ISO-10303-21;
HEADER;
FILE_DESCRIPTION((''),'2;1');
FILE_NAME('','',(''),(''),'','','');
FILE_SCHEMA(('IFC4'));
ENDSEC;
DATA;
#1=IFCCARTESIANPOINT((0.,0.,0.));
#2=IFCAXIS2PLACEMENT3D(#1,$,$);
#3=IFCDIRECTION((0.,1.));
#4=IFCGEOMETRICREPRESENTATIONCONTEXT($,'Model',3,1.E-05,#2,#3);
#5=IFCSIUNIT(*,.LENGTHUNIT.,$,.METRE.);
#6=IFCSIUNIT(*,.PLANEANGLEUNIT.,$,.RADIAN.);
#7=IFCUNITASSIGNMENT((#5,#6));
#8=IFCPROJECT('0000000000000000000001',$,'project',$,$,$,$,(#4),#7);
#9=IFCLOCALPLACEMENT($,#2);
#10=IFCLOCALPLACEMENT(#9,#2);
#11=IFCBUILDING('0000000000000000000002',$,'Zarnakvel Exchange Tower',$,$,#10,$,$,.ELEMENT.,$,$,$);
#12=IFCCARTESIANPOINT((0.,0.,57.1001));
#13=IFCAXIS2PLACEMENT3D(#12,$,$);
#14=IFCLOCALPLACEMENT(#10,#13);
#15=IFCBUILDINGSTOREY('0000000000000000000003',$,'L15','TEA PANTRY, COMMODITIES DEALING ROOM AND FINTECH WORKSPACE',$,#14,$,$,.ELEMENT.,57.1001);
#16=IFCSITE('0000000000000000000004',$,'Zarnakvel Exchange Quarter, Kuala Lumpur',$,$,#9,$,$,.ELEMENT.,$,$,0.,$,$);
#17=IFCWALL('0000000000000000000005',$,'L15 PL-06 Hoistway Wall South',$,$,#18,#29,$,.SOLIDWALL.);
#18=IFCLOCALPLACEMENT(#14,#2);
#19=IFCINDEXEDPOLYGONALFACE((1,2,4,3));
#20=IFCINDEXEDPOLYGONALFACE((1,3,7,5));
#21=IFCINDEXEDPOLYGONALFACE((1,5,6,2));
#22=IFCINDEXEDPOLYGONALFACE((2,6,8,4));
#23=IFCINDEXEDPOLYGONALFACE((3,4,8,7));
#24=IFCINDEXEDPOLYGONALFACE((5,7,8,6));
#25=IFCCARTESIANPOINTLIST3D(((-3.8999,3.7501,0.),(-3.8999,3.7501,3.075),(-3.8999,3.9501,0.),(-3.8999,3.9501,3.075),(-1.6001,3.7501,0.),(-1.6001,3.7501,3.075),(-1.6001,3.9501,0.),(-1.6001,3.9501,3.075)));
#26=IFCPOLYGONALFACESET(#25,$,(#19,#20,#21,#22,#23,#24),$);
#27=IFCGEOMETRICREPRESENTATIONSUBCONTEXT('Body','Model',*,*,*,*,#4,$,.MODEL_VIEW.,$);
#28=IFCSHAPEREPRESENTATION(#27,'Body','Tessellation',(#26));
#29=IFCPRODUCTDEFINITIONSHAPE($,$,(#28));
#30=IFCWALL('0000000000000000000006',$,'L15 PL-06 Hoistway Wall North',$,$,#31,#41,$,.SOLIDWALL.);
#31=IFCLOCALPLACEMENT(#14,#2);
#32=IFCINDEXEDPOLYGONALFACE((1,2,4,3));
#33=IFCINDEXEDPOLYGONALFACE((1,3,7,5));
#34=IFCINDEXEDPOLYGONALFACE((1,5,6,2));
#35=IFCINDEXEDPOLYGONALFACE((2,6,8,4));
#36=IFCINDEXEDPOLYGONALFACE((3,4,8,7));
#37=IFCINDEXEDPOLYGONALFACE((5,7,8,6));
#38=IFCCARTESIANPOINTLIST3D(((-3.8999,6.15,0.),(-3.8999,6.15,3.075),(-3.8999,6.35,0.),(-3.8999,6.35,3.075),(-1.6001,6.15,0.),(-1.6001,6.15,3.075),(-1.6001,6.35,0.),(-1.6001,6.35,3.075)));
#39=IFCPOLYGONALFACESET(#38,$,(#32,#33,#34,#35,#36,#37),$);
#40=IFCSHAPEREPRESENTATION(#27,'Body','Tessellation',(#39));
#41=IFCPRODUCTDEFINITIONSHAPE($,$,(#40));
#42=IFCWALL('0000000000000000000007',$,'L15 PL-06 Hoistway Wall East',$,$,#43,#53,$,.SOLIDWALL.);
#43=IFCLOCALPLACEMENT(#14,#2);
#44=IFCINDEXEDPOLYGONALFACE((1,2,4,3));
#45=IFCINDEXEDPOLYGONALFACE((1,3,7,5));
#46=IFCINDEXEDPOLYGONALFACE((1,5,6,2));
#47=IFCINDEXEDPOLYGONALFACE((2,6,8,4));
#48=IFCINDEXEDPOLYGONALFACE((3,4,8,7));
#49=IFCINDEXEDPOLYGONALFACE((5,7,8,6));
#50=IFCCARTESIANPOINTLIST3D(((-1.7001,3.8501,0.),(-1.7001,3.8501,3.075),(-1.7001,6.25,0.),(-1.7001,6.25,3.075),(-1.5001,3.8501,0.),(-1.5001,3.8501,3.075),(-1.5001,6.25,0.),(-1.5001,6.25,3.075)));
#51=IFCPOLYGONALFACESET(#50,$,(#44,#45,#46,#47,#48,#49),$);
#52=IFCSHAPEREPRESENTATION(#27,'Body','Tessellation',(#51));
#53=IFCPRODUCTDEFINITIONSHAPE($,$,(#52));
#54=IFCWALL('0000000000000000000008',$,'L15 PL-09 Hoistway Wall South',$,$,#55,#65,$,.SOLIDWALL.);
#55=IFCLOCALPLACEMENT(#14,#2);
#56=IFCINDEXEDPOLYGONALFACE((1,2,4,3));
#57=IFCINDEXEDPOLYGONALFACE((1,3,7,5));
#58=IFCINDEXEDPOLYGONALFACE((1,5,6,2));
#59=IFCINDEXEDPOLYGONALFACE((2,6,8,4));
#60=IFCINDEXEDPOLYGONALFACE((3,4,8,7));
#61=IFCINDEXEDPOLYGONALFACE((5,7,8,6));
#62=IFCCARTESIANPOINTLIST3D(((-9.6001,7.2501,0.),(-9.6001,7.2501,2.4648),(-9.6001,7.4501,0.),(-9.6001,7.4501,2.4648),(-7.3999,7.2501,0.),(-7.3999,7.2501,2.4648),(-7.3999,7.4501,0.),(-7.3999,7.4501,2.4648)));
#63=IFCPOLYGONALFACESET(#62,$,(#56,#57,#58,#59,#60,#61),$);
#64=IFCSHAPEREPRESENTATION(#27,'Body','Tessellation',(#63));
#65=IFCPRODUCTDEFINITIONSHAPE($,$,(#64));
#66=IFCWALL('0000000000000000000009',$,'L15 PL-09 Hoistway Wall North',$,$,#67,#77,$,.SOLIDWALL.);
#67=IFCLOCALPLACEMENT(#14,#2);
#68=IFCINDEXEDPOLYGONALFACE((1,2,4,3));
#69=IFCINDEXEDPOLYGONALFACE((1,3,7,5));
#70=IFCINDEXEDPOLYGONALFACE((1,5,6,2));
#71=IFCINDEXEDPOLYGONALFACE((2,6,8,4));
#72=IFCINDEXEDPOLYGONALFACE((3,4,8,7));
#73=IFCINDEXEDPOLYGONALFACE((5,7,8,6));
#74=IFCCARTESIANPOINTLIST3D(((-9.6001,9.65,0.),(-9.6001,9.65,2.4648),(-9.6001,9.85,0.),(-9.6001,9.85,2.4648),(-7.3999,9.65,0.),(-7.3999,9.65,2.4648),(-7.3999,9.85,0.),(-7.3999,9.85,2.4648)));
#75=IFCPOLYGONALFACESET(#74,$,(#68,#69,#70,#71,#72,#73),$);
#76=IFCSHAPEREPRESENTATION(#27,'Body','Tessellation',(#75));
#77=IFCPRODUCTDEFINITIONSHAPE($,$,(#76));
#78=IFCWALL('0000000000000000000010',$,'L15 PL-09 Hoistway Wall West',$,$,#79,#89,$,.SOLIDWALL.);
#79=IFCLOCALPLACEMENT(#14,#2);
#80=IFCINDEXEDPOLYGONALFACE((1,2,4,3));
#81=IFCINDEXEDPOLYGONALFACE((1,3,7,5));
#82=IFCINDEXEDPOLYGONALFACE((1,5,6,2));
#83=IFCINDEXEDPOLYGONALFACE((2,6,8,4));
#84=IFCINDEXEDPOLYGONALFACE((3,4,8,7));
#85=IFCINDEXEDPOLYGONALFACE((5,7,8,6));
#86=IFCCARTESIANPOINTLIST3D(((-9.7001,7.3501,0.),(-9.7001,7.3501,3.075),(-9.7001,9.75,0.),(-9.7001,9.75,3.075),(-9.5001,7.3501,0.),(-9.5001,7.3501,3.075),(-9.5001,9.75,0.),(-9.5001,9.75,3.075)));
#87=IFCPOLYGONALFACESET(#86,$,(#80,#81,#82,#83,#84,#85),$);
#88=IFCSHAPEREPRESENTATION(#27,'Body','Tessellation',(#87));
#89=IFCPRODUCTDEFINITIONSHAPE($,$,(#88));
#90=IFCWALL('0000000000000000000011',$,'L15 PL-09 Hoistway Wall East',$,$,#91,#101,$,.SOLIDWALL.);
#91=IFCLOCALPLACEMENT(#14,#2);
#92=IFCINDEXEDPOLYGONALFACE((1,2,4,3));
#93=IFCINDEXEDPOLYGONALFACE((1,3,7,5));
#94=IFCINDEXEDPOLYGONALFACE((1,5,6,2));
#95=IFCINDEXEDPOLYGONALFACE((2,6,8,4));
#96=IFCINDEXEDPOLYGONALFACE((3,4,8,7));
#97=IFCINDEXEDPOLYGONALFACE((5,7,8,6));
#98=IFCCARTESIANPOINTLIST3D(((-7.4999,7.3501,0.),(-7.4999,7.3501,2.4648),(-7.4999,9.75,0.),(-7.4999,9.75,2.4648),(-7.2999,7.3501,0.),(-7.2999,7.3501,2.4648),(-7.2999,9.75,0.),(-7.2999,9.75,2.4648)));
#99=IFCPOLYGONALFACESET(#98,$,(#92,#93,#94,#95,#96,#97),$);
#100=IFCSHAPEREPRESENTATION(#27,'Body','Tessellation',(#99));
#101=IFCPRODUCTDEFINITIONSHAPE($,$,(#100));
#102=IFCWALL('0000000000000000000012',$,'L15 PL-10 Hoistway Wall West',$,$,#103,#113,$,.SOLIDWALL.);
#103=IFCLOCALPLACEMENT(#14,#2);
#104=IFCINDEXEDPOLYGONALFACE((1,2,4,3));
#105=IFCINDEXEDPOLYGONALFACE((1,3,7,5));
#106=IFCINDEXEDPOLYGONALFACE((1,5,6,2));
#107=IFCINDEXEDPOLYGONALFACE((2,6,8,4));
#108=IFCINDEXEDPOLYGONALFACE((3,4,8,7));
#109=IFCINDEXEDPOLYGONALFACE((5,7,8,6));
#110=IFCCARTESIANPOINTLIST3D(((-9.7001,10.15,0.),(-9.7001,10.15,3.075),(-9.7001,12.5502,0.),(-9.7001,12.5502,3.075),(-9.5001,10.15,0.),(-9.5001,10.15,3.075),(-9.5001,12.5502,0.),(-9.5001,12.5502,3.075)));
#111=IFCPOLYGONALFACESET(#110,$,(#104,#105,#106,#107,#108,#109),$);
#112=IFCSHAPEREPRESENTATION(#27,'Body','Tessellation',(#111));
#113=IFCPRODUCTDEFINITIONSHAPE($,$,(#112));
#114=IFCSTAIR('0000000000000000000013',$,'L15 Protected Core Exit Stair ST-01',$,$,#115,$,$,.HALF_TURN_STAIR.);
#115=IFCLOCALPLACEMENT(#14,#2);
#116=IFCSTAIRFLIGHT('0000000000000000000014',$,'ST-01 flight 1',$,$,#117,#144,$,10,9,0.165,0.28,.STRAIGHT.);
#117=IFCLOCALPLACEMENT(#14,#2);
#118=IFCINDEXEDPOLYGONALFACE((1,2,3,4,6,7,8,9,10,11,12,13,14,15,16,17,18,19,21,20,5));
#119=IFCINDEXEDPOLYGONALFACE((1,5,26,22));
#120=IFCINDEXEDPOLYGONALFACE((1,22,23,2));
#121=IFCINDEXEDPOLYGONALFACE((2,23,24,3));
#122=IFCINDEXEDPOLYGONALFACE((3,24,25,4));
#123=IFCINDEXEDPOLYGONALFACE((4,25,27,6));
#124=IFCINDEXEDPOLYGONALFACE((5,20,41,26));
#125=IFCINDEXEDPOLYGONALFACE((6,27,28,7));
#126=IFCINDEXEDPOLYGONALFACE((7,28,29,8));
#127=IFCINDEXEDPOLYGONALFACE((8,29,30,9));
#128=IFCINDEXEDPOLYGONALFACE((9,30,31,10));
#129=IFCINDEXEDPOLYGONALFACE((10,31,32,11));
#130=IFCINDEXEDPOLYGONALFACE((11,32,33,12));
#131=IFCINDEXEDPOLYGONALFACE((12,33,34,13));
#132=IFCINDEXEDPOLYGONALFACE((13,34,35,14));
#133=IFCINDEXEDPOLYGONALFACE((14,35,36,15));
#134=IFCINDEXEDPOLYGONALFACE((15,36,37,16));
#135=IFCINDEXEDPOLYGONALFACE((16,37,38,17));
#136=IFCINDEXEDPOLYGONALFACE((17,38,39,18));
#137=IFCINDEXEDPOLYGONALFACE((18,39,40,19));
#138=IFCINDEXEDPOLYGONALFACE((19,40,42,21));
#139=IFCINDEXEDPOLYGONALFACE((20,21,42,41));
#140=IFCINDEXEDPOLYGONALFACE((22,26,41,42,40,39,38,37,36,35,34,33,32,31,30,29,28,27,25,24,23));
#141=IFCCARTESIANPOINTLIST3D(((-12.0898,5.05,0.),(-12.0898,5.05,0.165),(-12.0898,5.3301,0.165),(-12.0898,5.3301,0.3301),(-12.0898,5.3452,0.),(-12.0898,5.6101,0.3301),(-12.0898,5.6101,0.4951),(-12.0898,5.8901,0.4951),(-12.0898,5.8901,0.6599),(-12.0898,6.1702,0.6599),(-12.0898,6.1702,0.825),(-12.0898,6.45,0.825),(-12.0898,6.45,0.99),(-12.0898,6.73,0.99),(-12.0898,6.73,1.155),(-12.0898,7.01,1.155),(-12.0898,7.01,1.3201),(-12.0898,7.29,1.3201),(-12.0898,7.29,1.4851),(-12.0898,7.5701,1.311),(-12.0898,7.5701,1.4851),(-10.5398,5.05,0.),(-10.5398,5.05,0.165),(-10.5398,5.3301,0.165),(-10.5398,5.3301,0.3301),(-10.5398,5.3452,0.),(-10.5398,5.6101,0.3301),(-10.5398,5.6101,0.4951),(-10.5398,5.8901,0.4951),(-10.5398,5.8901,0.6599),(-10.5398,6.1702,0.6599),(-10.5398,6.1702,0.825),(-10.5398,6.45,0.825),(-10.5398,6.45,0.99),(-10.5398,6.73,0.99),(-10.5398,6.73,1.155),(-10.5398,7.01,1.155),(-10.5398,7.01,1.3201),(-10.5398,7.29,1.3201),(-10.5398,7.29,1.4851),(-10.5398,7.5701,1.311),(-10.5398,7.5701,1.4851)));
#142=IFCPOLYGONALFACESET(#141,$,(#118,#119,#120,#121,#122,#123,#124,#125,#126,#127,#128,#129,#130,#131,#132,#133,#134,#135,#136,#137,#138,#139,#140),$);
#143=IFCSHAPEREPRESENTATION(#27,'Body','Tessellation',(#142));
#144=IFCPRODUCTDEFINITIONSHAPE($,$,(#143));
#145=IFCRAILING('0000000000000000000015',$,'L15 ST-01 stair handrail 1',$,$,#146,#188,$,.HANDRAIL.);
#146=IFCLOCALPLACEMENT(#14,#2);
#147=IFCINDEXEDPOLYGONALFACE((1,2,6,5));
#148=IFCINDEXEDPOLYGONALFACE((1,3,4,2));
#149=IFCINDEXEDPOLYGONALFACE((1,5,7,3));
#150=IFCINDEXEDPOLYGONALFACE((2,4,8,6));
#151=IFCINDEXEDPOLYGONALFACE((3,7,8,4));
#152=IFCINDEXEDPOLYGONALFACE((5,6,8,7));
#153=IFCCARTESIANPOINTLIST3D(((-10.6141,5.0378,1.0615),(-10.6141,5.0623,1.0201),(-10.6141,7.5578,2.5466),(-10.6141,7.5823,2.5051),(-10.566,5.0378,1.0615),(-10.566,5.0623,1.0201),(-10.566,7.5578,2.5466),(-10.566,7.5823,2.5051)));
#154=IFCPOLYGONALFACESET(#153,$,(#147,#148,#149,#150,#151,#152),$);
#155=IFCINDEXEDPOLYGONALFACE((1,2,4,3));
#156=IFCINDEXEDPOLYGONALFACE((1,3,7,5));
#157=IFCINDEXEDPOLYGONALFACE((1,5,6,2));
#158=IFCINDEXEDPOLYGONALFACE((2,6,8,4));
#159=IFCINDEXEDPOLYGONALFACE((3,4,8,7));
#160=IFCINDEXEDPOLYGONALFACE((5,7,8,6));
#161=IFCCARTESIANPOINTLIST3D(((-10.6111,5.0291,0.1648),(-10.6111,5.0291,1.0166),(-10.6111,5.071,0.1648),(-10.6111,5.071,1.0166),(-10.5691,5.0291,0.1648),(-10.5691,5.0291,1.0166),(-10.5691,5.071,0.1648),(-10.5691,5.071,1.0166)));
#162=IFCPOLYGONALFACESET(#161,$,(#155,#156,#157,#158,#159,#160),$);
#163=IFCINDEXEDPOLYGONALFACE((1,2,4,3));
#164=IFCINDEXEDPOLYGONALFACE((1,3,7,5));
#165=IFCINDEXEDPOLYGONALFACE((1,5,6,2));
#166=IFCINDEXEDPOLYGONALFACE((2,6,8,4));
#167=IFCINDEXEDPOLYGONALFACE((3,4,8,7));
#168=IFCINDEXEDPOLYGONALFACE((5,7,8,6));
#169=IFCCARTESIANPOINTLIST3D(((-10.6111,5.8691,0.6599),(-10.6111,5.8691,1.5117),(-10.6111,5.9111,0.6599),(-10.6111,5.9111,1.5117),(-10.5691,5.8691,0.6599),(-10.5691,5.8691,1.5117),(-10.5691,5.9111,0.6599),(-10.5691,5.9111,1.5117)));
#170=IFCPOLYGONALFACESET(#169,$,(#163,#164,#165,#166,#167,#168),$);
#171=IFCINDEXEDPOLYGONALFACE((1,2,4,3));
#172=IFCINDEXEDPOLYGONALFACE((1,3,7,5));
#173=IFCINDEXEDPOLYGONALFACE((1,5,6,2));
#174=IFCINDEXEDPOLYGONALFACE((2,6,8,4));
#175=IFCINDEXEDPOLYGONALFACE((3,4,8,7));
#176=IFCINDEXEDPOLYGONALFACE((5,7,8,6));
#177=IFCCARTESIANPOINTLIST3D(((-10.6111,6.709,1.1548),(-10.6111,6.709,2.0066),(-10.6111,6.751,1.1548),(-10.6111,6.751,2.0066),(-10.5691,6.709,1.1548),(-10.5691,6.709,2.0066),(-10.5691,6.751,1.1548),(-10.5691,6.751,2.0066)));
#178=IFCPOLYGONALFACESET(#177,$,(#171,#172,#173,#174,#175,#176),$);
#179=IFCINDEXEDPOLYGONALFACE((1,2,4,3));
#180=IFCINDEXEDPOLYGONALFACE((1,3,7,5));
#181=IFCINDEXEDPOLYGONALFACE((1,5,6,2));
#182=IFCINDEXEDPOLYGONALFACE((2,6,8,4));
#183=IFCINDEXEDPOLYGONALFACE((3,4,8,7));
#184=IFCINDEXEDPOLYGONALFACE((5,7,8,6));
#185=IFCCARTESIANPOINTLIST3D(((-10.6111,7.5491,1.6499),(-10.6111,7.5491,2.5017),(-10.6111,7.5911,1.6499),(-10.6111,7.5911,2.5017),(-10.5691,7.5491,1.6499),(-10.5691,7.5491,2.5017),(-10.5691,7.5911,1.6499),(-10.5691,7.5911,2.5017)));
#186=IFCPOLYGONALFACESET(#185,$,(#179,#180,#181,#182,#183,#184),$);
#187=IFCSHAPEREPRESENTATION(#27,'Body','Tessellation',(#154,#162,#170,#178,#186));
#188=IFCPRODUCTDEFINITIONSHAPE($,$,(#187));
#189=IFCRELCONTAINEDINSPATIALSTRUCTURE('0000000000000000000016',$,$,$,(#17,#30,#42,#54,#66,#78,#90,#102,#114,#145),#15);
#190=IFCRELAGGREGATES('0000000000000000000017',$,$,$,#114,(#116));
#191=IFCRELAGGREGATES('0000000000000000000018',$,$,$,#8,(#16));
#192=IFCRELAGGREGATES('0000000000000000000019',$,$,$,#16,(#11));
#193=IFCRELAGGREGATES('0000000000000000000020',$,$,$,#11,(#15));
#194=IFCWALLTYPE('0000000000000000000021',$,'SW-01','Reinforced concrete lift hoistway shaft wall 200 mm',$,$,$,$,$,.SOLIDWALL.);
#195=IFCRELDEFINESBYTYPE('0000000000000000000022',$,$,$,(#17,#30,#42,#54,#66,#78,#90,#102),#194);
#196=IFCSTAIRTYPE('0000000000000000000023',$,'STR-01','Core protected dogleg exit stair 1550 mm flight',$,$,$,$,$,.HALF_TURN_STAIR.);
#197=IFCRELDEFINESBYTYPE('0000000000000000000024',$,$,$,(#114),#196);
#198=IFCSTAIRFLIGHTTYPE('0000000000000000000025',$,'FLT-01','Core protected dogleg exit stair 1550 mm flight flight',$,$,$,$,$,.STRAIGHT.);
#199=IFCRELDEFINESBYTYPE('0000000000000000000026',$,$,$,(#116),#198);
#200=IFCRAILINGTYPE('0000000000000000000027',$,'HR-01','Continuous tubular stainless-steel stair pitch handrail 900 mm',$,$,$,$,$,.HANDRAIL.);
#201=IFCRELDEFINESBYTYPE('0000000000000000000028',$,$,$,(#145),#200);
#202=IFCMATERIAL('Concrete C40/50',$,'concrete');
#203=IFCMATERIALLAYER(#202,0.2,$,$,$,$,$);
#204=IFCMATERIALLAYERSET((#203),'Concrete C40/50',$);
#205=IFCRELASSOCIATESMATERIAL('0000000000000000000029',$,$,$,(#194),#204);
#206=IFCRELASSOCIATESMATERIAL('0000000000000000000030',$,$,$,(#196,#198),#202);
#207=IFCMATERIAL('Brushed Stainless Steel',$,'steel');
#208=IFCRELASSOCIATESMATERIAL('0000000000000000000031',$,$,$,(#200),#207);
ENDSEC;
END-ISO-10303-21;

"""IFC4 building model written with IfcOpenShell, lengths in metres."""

from ifc_helpers import new_model, si_unit, direction, frame, frame_2d, origin, origin_2d, place, context, subcontext, project, spatial, polyline, rectangle, outline, extrude, material, layer, layer_set, type_object, element, aggregate, save


model = new_model("IFC4")

# Units and contexts
model_context = context("Model", 3, precision=1e-05, world=origin(), true_north=direction((0.0, 1.0)))
body_context = subcontext(model_context, "Body", "Model", "MODEL_VIEW")
ifc_project = project(units=[si_unit("LENGTHUNIT", "METRE"), si_unit("PLANEANGLEUNIT", "RADIAN")], contexts=[model_context])

# Site, building, storey
site_placement = place(None, origin())
site = spatial("IfcSite", under=ifc_project, at=site_placement, Name="Zarnakvel Exchange Quarter, Kuala Lumpur", CompositionType="ELEMENT", RefElevation=0.0)
building_placement = place(site_placement, origin())
building = spatial("IfcBuilding", under=site, at=building_placement, Name="Zarnakvel Exchange Tower", CompositionType="ELEMENT")
storey_placement = place(building_placement, frame((0.0, 0.0, 57.1001)))
storey = spatial("IfcBuildingStorey", under=building, at=storey_placement, Name="L15", Description="TEA PANTRY, COMMODITIES DEALING ROOM AND FINTECH WORKSPACE", CompositionType="ELEMENT", Elevation=57.1001)

# Shared definitions
ifc_material_1 = material(Name="Concrete C40/50", Category="concrete")
ifc_layer_1 = layer(ifc_material_1, 0.2)
ifc_layer_set_1 = layer_set([ifc_layer_1], Name="Concrete C40/50")
wall_type_1 = type_object("IfcWallType", Name="SW-01", Description="Reinforced concrete lift hoistway shaft wall 200 mm", PredefinedType="SOLIDWALL", material=ifc_layer_set_1)
ifc_material_2 = material(Name="Brushed Stainless Steel", Category="steel")

# Walls
for number, where, z_axis, x_axis, name in (
    (1, (-1.6001, 3.8501, 0.0), (0.0, 0.0, 1.0), (-1.0, 0.0, 0.0), "L15 PL-06 Hoistway Wall South"),
    (2, (-3.8999, 6.25, 0.0), (0.0, 0.0, 1.0), (1.0, 0.0, 0.0), "L15 PL-06 Hoistway Wall North"),
):
    element("IfcWall", number, at=place(storey_placement, frame(where, z_axis=z_axis, x_axis=x_axis)), inside=storey, type_object=wall_type_1, Name=name, PredefinedType="SOLIDWALL", context=body_context, shape_type="SweptSolid", body=[
        extrude(rectangle(XDim=2.2998, YDim=0.2, at=frame_2d((1.1499, 0.0))), origin(), (0.0, 0.0, 1.0), 3.075),
    ])
wall_1_placement = place(storey_placement, frame((-1.6001, 6.25, 0.0), z_axis=(0.0, 0.0, 1.0), x_axis=(0.0, -1.0, 0.0)))
element("IfcWall", 3, at=wall_1_placement, inside=storey, type_object=wall_type_1, Name="L15 PL-06 Hoistway Wall East", PredefinedType="SOLIDWALL", context=body_context, shape_type="SweptSolid", body=[
    extrude(rectangle(XDim=2.3999, YDim=0.2, at=frame_2d((1.2, 0.0))), origin(), (0.0, 0.0, 1.0), 3.075),
])
for number, where, z_axis, x_axis, name in (
    (4, (-7.3999, 7.3501, 0.0), (0.0, 0.0, 1.0), (-1.0, 0.0, 0.0), "L15 PL-09 Hoistway Wall South"),
    (5, (-9.6001, 9.75, 0.0), (0.0, 0.0, 1.0), (1.0, 0.0, 0.0), "L15 PL-09 Hoistway Wall North"),
):
    element("IfcWall", number, at=place(storey_placement, frame(where, z_axis=z_axis, x_axis=x_axis)), inside=storey, type_object=wall_type_1, Name=name, PredefinedType="SOLIDWALL", context=body_context, shape_type="SweptSolid", body=[
        extrude(rectangle(XDim=2.2002, YDim=0.2, at=frame_2d((1.1001, 0.0))), origin(), (0.0, 0.0, 1.0), 2.4648),
    ])
wall_2_placement = place(storey_placement, frame((-9.6001, 7.3501, 0.0), z_axis=(0.0, 0.0, 1.0), x_axis=(0.0, 1.0, 0.0)))
element("IfcWall", 6, at=wall_2_placement, inside=storey, type_object=wall_type_1, Name="L15 PL-09 Hoistway Wall West", PredefinedType="SOLIDWALL", context=body_context, shape_type="SweptSolid", body=[
    extrude(rectangle(XDim=2.3999, YDim=0.2, at=frame_2d((1.2, 0.0))), origin(), (0.0, 0.0, 1.0), 3.075),
])
wall_3_placement = place(storey_placement, frame((-7.3999, 9.75, 0.0), z_axis=(0.0, 0.0, 1.0), x_axis=(0.0, -1.0, 0.0)))
element("IfcWall", 7, at=wall_3_placement, inside=storey, type_object=wall_type_1, Name="L15 PL-09 Hoistway Wall East", PredefinedType="SOLIDWALL", context=body_context, shape_type="SweptSolid", body=[
    extrude(rectangle(XDim=2.3999, YDim=0.2, at=frame_2d((1.2, 0.0))), origin(), (0.0, 0.0, 1.0), 2.4648),
])
wall_4_placement = place(storey_placement, frame((-9.6001, 10.1499, 0.0), z_axis=(0.0, 0.0, 1.0), x_axis=(0.0, 1.0, 0.0)))
element("IfcWall", 8, at=wall_4_placement, inside=storey, type_object=wall_type_1, Name="L15 PL-10 Hoistway Wall West", PredefinedType="SOLIDWALL", context=body_context, shape_type="SweptSolid", body=[
    extrude(rectangle(XDim=2.4001, YDim=0.2, at=frame_2d((1.2002, 0.0))), origin(), (0.0, 0.0, 1.0), 3.075),
])

# Stair, stair flight
stair_type = type_object("IfcStairType", Name="STR-01", Description="Core protected dogleg exit stair 1550 mm flight", PredefinedType="HALF_TURN_STAIR", material=ifc_material_1)
stair_placement = place(storey_placement, origin())
stair = element("IfcStair", 9, at=stair_placement, inside=storey, type_object=stair_type, Name="L15 Protected Core Exit Stair ST-01", PredefinedType="HALF_TURN_STAIR")
stair_flight_type = type_object("IfcStairFlightType", Name="FLT-01", Description="Core protected dogleg exit stair 1550 mm flight flight", PredefinedType="STRAIGHT", material=ifc_material_1)
stair_flight_placement = place(storey_placement, frame((-11.3149, 5.05, 0.0), z_axis=(0.0, 0.0, 1.0), x_axis=(0.0, 1.0, 0.0)))
stair_flight = element("IfcStairFlight", 10, at=stair_flight_placement, type_object=stair_flight_type, Name="ST-01 flight 1", NumberOfRisers=10, NumberOfTreads=9, PredefinedType="STRAIGHT", RiserHeight=0.165, TreadLength=0.28, context=body_context, shape_type="SweptSolid", body=[
    extrude(outline(polyline([(0.0, 0.0), (0.0, 0.165), (0.28, 0.165), (0.28, 0.3301), (0.5601, 0.3301), (0.5601, 0.4951), (0.8401, 0.4951), (0.8401, 0.6599), (1.1201, 0.6599), (1.1201, 0.825), (1.3999, 0.825), (1.3999, 0.99), (1.6799, 0.99), (1.6799, 1.155), (1.96, 1.155), (1.96, 1.3201), (2.24, 1.3201), (2.24, 1.4851), (2.52, 1.4851), (2.52, 1.6499), (2.52, 1.311), (0.2952, 0.0), (0.0, 0.0)])), frame((0.0, 0.7749, 0.0), z_axis=(0.0, -1.0, 0.0), x_axis=(1.0, 0.0, 0.0)), (0.0, 0.0, 1.0), 1.55),
])
aggregate(stair, [stair_flight])

# Railing
railing_type_1 = type_object("IfcRailingType", Name="HR-01", Description="Continuous tubular stainless-steel stair pitch handrail 900 mm", PredefinedType="HANDRAIL", material=ifc_material_2)
railing_1_placement = place(storey_placement, frame((-10.5901, 5.05, 0.1648)))
element("IfcRailing", 11, at=railing_1_placement, inside=storey, type_object=railing_type_1, Name="L15 ST-01 stair handrail 1", PredefinedType="HANDRAIL", context=body_context, shape_type="SweptSolid", body=[
    extrude(rectangle(XDim=0.0481, YDim=0.0481, at=origin_2d()), frame((0.0, 0.0, 0.876), z_axis=(0.0, 0.861524, 0.507717), x_axis=(-1.0, 0.0, 0.0)), (0.0, 0.0, 1.0), 2.925),
    extrude(rectangle(XDim=0.042, YDim=0.042, at=origin_2d()), origin(), (0.0, 0.0, 1.0), 0.8518),
    extrude(rectangle(XDim=0.042, YDim=0.042, at=origin_2d()), frame((0.0, 0.8401, 0.4951)), (0.0, 0.0, 1.0), 0.8518),
    extrude(rectangle(XDim=0.042, YDim=0.042, at=origin_2d()), frame((0.0, 1.6799, 0.99)), (0.0, 0.0, 1.0), 0.8518),
    extrude(rectangle(XDim=0.042, YDim=0.042, at=origin_2d()), frame((0.0, 2.52, 1.4851)), (0.0, 0.0, 1.0), 0.8518),
])

save(model, "model.ifc")
